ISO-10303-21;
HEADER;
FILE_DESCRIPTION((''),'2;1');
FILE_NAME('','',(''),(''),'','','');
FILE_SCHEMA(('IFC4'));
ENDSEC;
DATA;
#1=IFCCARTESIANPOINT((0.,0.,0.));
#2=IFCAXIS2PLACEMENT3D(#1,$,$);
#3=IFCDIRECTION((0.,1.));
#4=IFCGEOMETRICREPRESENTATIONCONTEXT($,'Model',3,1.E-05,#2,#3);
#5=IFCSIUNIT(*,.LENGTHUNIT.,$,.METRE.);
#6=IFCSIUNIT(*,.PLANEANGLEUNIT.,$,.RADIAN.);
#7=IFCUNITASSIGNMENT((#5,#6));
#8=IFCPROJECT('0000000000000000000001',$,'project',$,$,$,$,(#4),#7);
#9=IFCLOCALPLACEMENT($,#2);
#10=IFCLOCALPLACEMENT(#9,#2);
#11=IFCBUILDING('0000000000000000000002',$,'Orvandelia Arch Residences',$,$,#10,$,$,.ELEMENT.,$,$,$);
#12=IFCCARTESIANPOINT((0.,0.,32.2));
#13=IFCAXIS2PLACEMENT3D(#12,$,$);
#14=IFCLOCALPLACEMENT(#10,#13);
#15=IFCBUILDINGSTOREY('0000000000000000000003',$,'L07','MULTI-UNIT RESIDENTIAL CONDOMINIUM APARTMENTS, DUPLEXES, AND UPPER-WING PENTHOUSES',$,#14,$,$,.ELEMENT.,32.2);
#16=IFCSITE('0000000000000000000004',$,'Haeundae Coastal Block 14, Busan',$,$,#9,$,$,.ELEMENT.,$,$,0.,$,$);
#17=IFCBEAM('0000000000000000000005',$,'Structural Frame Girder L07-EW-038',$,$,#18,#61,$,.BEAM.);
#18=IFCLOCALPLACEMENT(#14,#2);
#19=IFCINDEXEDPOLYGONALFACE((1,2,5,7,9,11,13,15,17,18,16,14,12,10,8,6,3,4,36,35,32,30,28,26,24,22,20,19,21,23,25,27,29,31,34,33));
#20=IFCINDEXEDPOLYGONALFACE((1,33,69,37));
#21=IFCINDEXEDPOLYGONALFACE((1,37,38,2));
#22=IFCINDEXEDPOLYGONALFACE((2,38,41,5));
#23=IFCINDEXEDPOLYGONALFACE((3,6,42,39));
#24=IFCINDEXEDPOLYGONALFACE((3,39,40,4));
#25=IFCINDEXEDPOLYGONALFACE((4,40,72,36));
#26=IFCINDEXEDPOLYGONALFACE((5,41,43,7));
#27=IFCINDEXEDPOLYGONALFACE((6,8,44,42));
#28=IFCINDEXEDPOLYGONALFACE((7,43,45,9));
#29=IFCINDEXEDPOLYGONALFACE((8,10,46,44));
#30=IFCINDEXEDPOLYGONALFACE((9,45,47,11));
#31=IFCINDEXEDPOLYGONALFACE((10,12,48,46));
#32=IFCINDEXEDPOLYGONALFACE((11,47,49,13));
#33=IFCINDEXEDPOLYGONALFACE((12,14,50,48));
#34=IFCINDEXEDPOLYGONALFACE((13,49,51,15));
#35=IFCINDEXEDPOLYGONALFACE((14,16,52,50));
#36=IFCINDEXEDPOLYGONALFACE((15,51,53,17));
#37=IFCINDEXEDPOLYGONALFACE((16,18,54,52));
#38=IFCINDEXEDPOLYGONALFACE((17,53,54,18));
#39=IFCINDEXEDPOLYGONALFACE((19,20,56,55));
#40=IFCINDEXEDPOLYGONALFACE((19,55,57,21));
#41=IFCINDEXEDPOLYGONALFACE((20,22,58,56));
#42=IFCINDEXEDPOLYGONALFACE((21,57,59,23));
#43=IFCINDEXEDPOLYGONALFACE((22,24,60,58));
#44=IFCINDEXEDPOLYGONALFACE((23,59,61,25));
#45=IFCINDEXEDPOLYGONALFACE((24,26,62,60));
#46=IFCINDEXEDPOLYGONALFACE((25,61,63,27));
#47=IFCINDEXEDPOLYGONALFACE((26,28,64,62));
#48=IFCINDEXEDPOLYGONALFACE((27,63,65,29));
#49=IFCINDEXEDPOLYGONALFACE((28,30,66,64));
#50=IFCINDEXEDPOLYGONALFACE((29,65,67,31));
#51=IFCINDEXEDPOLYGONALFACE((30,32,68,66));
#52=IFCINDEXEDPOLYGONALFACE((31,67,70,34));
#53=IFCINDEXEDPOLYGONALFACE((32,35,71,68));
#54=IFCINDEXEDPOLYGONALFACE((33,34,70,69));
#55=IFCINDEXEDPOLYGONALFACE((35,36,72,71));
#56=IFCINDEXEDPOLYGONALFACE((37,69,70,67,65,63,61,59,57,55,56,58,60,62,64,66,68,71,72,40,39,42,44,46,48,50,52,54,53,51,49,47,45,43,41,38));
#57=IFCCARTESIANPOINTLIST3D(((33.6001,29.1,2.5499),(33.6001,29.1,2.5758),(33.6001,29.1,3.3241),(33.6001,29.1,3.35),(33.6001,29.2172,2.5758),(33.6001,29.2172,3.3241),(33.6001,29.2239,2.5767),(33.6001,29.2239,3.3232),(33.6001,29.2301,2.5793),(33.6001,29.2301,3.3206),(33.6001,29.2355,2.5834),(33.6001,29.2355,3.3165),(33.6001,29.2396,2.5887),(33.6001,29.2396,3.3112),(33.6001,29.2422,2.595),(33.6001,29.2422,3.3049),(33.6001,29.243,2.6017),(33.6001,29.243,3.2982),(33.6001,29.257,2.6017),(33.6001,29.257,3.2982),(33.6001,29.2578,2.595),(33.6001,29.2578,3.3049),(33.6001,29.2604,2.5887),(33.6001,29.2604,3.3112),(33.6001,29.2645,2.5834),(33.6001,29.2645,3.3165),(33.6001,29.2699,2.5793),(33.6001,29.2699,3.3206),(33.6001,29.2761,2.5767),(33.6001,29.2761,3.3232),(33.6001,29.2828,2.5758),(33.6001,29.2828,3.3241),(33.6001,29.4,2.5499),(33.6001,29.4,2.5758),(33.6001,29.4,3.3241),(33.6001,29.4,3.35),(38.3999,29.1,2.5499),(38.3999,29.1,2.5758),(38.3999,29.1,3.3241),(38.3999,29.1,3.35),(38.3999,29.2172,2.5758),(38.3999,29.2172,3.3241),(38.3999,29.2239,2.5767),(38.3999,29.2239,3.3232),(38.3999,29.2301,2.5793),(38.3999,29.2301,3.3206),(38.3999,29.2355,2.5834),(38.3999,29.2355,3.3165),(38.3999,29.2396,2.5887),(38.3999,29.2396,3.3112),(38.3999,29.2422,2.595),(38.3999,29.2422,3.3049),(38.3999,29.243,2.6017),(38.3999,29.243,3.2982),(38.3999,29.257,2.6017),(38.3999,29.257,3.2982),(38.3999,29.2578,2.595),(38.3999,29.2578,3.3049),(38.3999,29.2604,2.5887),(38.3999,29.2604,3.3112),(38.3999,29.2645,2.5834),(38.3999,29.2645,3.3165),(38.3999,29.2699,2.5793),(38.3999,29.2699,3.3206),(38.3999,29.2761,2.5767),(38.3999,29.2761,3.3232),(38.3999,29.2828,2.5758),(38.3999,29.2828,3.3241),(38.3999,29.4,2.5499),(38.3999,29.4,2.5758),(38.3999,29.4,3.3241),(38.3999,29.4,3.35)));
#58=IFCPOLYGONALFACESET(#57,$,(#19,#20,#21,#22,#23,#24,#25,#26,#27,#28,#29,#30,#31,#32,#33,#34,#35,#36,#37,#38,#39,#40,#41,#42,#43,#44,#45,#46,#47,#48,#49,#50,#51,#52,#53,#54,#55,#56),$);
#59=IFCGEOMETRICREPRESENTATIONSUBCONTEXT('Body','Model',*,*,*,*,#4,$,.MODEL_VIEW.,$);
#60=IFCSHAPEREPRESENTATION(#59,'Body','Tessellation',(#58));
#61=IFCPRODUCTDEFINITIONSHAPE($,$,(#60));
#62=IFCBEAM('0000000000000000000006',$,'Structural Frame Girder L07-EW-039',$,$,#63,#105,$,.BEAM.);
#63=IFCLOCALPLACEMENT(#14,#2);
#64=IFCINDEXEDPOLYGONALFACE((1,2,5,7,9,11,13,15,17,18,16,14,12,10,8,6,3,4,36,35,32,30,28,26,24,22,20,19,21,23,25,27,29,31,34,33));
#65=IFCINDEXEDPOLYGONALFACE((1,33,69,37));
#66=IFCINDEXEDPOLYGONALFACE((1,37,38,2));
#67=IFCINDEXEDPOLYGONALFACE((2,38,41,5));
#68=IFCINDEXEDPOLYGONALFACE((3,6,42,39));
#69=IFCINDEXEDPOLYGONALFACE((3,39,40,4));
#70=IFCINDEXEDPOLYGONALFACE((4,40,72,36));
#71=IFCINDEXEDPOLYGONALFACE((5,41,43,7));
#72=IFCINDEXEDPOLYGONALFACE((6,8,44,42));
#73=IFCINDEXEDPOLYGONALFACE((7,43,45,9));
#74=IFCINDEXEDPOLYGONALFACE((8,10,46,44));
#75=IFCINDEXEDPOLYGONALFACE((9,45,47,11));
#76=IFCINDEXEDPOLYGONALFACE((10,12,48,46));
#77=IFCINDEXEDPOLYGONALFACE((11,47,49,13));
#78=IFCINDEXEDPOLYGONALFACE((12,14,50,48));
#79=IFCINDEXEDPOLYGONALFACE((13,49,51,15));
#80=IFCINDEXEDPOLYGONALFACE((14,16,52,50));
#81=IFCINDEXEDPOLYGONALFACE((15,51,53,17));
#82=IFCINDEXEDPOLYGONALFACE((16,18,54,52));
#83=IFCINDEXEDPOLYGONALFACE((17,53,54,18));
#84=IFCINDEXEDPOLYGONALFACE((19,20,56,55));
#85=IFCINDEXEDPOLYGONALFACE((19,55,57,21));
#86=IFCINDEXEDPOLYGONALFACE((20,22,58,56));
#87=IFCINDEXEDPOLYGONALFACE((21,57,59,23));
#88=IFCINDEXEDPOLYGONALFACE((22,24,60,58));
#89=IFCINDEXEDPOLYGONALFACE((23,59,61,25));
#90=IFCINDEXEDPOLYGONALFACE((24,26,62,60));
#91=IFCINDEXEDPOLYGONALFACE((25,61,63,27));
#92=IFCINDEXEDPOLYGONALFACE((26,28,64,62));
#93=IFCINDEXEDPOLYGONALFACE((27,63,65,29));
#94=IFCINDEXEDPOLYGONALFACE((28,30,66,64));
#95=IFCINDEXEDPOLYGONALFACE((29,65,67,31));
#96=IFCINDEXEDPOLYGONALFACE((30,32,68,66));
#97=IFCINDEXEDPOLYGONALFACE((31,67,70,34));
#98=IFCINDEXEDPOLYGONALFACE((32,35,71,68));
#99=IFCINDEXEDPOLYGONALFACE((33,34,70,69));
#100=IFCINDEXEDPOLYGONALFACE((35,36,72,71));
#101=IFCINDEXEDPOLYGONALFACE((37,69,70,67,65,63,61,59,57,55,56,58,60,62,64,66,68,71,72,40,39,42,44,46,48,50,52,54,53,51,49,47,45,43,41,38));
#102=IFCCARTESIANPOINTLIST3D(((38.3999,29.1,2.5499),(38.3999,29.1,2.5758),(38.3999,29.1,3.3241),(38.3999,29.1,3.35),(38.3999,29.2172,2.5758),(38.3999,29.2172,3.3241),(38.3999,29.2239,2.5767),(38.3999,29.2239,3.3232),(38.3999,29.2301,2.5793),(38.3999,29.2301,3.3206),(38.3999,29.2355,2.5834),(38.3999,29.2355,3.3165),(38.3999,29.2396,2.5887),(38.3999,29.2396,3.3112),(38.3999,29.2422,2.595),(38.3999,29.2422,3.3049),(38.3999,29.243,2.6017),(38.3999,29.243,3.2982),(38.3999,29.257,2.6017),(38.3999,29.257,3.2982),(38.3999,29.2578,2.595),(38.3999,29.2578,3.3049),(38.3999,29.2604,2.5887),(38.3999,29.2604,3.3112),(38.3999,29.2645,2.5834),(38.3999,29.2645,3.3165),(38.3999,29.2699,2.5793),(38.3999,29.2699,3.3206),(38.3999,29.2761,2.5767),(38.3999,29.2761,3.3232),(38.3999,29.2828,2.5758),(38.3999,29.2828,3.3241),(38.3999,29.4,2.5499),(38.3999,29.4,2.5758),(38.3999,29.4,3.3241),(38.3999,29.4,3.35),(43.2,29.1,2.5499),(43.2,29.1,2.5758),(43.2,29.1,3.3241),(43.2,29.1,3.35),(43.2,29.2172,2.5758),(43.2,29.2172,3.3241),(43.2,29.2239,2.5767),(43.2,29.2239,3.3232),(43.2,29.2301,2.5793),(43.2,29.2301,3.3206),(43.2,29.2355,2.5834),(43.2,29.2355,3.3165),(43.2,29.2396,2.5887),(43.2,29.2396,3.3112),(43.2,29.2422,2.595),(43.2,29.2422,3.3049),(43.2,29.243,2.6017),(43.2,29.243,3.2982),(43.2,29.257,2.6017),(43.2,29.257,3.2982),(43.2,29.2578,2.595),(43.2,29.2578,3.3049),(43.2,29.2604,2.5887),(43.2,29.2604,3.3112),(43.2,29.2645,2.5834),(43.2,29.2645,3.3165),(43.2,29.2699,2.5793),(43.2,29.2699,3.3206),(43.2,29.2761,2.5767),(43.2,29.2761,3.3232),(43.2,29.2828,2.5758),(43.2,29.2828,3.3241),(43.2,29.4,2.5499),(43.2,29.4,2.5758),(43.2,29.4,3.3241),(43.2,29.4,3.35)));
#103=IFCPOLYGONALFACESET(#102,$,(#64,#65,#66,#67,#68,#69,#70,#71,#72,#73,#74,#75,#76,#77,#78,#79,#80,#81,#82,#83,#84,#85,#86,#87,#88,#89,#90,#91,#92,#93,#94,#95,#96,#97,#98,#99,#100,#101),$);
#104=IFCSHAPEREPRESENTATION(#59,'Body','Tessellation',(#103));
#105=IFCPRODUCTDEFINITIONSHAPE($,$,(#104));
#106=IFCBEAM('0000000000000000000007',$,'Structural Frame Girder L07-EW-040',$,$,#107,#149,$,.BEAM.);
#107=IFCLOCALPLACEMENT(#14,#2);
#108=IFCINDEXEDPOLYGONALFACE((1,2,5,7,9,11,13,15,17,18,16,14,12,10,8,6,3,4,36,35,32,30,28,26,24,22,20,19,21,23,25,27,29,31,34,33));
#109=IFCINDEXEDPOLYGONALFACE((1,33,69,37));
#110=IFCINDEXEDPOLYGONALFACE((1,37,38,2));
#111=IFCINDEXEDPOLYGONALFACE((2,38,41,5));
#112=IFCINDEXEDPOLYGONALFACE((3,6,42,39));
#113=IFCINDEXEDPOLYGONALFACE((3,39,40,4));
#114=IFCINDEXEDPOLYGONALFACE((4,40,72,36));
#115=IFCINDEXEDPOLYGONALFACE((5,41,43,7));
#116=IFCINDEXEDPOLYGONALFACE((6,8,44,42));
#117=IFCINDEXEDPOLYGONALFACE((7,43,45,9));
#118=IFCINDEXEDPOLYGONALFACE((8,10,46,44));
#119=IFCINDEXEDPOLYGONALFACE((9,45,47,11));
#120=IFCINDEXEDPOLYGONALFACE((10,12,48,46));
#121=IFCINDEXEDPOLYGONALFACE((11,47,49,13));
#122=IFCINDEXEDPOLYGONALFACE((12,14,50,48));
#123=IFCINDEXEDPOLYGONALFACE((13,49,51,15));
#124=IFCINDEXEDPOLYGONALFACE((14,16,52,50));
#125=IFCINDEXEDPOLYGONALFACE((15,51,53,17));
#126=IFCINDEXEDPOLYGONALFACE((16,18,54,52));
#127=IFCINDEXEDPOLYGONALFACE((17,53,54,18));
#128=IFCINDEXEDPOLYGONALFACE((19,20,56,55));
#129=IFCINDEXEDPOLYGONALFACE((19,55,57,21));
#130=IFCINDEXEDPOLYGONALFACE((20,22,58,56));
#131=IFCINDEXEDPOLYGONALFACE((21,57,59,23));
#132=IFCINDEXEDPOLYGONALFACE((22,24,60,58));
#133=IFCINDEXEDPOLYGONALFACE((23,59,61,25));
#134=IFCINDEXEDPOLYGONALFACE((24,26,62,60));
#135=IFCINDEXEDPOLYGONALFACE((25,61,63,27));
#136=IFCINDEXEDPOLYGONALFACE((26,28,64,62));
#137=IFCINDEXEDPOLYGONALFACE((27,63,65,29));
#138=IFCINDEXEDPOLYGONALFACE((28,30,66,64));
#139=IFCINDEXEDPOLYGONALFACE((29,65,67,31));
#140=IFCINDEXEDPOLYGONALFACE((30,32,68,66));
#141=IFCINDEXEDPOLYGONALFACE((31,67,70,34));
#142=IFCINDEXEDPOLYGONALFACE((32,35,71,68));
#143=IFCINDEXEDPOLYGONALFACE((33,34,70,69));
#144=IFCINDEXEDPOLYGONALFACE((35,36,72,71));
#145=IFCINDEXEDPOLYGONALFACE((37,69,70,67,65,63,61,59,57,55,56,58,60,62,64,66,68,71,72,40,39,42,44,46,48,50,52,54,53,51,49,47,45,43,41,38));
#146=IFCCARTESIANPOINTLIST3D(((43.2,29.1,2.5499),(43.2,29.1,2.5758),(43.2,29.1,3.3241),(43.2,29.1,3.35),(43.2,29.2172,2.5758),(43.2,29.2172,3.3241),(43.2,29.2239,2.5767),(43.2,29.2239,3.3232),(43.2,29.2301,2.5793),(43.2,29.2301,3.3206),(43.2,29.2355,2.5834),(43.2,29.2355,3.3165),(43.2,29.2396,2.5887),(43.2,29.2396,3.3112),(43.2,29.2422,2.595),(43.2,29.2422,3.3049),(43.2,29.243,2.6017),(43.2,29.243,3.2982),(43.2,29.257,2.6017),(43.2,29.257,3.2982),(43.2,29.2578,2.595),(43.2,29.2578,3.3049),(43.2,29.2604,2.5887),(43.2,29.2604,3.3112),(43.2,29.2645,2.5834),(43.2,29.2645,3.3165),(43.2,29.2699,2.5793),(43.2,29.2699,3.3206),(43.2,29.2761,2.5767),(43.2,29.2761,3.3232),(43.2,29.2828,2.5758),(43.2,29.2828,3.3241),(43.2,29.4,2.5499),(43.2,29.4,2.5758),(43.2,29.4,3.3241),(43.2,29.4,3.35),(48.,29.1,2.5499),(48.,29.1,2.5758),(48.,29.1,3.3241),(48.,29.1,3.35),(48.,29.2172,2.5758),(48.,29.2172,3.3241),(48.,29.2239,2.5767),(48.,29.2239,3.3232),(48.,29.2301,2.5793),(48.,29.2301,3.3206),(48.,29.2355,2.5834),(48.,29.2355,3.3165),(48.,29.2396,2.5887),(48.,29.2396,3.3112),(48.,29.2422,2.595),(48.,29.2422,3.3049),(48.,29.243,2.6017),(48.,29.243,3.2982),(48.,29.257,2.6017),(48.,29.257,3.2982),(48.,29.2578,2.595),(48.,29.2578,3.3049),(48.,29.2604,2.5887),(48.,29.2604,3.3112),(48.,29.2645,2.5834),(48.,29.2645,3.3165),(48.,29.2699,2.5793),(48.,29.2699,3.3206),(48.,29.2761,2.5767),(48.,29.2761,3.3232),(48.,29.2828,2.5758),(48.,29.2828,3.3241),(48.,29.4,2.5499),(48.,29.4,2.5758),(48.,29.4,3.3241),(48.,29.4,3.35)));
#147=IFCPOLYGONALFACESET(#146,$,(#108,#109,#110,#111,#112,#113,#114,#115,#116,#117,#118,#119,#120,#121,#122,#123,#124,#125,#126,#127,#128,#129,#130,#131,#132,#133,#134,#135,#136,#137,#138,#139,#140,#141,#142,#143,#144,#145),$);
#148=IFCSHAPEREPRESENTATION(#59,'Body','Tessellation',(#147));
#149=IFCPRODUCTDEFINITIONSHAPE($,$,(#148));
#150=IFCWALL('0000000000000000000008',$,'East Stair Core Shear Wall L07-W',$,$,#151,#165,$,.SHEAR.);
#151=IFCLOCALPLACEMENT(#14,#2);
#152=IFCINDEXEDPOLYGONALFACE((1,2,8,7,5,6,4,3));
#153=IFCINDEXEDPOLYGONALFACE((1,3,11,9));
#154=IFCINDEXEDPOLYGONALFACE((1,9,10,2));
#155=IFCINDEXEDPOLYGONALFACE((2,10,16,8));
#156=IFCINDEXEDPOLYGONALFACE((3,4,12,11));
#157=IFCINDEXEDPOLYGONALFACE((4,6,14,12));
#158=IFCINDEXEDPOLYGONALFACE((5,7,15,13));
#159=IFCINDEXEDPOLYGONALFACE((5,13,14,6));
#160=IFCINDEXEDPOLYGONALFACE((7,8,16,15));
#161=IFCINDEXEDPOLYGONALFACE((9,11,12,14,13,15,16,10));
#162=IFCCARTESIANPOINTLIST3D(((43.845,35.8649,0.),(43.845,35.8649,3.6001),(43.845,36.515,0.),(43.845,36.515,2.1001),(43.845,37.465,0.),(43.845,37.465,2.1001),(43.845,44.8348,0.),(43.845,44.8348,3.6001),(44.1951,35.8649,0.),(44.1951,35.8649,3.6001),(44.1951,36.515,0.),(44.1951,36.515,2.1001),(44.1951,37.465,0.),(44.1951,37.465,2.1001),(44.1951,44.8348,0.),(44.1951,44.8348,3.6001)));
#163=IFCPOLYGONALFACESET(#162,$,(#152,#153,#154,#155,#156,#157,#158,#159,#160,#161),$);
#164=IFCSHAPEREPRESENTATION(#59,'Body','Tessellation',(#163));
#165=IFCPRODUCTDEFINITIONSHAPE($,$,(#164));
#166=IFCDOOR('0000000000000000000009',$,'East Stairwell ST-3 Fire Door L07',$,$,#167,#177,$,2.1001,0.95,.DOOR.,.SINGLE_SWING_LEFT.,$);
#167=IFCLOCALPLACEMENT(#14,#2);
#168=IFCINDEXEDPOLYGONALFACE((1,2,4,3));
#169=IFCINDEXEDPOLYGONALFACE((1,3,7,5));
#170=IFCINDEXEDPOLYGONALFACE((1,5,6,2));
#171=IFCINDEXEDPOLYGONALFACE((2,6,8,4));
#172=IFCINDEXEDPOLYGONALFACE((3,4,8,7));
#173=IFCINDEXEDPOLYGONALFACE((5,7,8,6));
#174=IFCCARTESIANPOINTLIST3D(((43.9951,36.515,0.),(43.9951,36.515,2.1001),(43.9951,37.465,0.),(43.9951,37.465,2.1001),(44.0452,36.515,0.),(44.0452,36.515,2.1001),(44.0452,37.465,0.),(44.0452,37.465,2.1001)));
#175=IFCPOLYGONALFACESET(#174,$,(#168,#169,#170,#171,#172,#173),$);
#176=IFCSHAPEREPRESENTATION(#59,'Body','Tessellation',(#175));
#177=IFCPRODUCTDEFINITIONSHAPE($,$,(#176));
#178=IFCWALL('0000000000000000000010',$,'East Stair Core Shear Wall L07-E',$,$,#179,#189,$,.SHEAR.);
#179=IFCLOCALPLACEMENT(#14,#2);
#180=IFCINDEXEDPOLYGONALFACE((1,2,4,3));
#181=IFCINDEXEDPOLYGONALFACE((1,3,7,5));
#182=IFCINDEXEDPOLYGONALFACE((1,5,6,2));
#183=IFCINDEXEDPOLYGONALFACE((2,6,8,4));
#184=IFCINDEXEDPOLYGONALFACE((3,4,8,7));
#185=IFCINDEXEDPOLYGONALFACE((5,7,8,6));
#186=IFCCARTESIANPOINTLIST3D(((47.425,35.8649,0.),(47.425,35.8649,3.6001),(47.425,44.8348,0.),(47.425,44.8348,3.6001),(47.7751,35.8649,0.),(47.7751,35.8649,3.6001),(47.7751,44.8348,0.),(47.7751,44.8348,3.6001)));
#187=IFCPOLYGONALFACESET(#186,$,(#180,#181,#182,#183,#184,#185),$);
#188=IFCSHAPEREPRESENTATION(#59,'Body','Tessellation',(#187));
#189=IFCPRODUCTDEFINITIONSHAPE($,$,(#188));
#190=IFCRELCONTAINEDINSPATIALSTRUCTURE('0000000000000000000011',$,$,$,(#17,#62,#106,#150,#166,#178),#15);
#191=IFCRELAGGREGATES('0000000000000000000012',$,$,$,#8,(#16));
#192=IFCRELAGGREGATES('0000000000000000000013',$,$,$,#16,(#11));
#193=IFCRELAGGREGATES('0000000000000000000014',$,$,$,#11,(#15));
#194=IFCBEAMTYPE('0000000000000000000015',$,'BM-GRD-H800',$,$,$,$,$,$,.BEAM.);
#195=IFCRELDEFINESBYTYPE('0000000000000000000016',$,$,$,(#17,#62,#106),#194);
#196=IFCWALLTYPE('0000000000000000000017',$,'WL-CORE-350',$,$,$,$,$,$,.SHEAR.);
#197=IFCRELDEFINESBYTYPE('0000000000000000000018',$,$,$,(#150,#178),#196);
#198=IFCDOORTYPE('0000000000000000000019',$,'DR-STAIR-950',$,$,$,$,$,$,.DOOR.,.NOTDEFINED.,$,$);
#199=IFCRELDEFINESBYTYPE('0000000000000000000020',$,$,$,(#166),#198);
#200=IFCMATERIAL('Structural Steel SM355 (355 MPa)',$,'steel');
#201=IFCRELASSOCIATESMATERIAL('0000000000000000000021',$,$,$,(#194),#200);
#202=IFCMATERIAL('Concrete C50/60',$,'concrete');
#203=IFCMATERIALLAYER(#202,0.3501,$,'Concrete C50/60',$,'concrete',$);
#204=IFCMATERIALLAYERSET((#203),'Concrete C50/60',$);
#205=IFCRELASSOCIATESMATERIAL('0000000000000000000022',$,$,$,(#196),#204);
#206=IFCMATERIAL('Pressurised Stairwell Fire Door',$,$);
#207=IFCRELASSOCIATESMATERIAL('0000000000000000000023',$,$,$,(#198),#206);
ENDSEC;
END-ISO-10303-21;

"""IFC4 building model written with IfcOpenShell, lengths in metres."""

from ifc_helpers import new_model, si_unit, direction, frame, frame_2d, origin, origin_2d, place, context, subcontext, project, spatial, rectangle, i_section, extrude, material, layer, layer_set, material_profile, profile_set, type_object, element, fill, save


model = new_model("IFC4")

# Units and contexts
model_context = context("Model", 3, precision=1e-05, world=origin(), true_north=direction((0.0, 1.0)))
body_context = subcontext(model_context, "Body", "Model", "MODEL_VIEW")
ifc_project = project(units=[si_unit("LENGTHUNIT", "METRE"), si_unit("PLANEANGLEUNIT", "RADIAN")], contexts=[model_context])

# Site, building, storey
site_placement = place(None, origin())
site = spatial("IfcSite", under=ifc_project, at=site_placement, Name="Haeundae Coastal Block 14, Busan", CompositionType="ELEMENT", RefElevation=0.0)
building_placement = place(site_placement, origin())
building = spatial("IfcBuilding", under=site, at=building_placement, Name="Orvandelia Arch Residences", CompositionType="ELEMENT")
storey_placement = place(building_placement, frame((0.0, 0.0, 32.2)))
storey = spatial("IfcBuildingStorey", under=building, at=storey_placement, Name="L07", Description="MULTI-UNIT RESIDENTIAL CONDOMINIUM APARTMENTS, DUPLEXES, AND UPPER-WING PENTHOUSES", CompositionType="ELEMENT", Elevation=32.2)

# Beams
ifc_material_1 = material(Name="Structural Steel SM355 (355 MPa)", Category="steel")
ifc_material_profile_1 = material_profile(ifc_material_1, i_section(OverallWidth=0.3, OverallDepth=0.8, WebThickness=0.0139, FlangeThickness=0.0259, FilletRadius=0.0259, at=origin_2d()), Name="Structural Steel SM355 (355 MPa)", Category="steel")
ifc_profile_set_1 = profile_set([ifc_material_profile_1], Name="Structural Steel SM355 (355 MPa)")
beam_type = type_object("IfcBeamType", Name="BM-GRD-H800", PredefinedType="BEAM", material=ifc_profile_set_1)
beam_placement = place(storey_placement, frame((33.6001, 29.25, 2.95), z_axis=(1.0, 0.0, 0.0), x_axis=(0.0, 1.0, 0.0)))
element("IfcBeam", 1, at=beam_placement, inside=storey, type_object=beam_type, Name="Structural Frame Girder L07-EW-038", PredefinedType="BEAM", context=body_context, shape_type="SweptSolid", body=[
    extrude(i_section(OverallWidth=0.3, OverallDepth=0.8, WebThickness=0.0139, FlangeThickness=0.0259, FilletRadius=0.0259, at=origin_2d()), origin(), (0.0, 0.0, 1.0), 4.7998),
])
for number, where, z_axis, x_axis, name in (
    (2, (38.3999, 29.25, 2.95), (1.0, 0.0, 0.0), (0.0, 1.0, 0.0), "Structural Frame Girder L07-EW-039"),
    (3, (43.2, 29.25, 2.95), (1.0, 0.0, 0.0), (0.0, 1.0, 0.0), "Structural Frame Girder L07-EW-040"),
):
    element("IfcBeam", number, at=place(storey_placement, frame(where, z_axis=z_axis, x_axis=x_axis)), inside=storey, type_object=beam_type, Name=name, PredefinedType="BEAM", context=body_context, shape_type="SweptSolid", body=[
        extrude(i_section(OverallWidth=0.3, OverallDepth=0.8, WebThickness=0.0139, FlangeThickness=0.0259, FilletRadius=0.0259, at=origin_2d()), origin(), (0.0, 0.0, 1.0), 4.8),
    ])

# Wall, opening, door
ifc_material_2 = material(Name="Concrete C50/60", Category="concrete")
ifc_layer_1 = layer(ifc_material_2, 0.3501, Name="Concrete C50/60", Category="concrete")
ifc_layer_set_1 = layer_set([ifc_layer_1], Name="Concrete C50/60")
wall_type_1 = type_object("IfcWallType", Name="WL-CORE-350", PredefinedType="SHEAR", material=ifc_layer_set_1)
wall_1_placement = place(storey_placement, frame((44.02, 35.865, 0.0), z_axis=(0.0, 0.0, 1.0), x_axis=(0.0, 1.0, 0.0)))
wall_1 = element("IfcWall", 4, at=wall_1_placement, inside=storey, type_object=wall_type_1, Name="East Stair Core Shear Wall L07-W", PredefinedType="SHEAR", context=body_context, shape_type="SweptSolid", body=[
    extrude(rectangle(XDim=8.97, YDim=0.3501, at=frame_2d((4.4849, 0.0))), origin(), (0.0, 0.0, 1.0), 3.6001),
])
opening_1_placement = place(wall_1_placement, frame((0.6499, 0.0, 0.0)))
opening_1 = element("IfcOpeningElement", 5, at=opening_1_placement, cuts=wall_1, PredefinedType="OPENING", context=body_context, shape_type="SweptSolid", body=[
    extrude(rectangle(XDim=0.95, YDim=2.1001, at=frame_2d((0.4751, 1.05))), frame((0.0, 0.1851, 0.0), z_axis=(0.0, -1.0, 0.0), x_axis=(1.0, 0.0, 0.0)), (0.0, 0.0, 1.0), 0.3701),
])
ifc_material_3 = material(Name="Pressurised Stairwell Fire Door")
door_type_1 = type_object("IfcDoorType", Name="DR-STAIR-950", OperationType="NOTDEFINED", PredefinedType="DOOR", material=ifc_material_3)
door_1_placement = place(opening_1_placement, origin())
door_1 = element("IfcDoor", 6, at=door_1_placement, inside=storey, type_object=door_type_1, Name="East Stairwell ST-3 Fire Door L07", OperationType="SINGLE_SWING_LEFT", OverallHeight=2.1001, OverallWidth=0.95, PredefinedType="DOOR", context=body_context, shape_type="SweptSolid", body=[
    extrude(rectangle(XDim=0.95, YDim=2.1001, at=frame_2d((0.4751, 1.05))), frame((0.0, 0.0249, 0.0), z_axis=(0.0, -1.0, 0.0), x_axis=(1.0, 0.0, 0.0)), (0.0, 0.0, 1.0), 0.05),
])
fill(opening_1, door_1)

# Wall
wall_2_placement = place(storey_placement, frame((47.6001, 35.865, 0.0), z_axis=(0.0, 0.0, 1.0), x_axis=(0.0, 1.0, 0.0)))
element("IfcWall", 7, at=wall_2_placement, inside=storey, type_object=wall_type_1, Name="East Stair Core Shear Wall L07-E", PredefinedType="SHEAR", context=body_context, shape_type="SweptSolid", body=[
    extrude(rectangle(XDim=8.97, YDim=0.3501, at=frame_2d((4.4849, 0.0))), origin(), (0.0, 0.0, 1.0), 3.6001),
])

save(model, "model.ifc")
